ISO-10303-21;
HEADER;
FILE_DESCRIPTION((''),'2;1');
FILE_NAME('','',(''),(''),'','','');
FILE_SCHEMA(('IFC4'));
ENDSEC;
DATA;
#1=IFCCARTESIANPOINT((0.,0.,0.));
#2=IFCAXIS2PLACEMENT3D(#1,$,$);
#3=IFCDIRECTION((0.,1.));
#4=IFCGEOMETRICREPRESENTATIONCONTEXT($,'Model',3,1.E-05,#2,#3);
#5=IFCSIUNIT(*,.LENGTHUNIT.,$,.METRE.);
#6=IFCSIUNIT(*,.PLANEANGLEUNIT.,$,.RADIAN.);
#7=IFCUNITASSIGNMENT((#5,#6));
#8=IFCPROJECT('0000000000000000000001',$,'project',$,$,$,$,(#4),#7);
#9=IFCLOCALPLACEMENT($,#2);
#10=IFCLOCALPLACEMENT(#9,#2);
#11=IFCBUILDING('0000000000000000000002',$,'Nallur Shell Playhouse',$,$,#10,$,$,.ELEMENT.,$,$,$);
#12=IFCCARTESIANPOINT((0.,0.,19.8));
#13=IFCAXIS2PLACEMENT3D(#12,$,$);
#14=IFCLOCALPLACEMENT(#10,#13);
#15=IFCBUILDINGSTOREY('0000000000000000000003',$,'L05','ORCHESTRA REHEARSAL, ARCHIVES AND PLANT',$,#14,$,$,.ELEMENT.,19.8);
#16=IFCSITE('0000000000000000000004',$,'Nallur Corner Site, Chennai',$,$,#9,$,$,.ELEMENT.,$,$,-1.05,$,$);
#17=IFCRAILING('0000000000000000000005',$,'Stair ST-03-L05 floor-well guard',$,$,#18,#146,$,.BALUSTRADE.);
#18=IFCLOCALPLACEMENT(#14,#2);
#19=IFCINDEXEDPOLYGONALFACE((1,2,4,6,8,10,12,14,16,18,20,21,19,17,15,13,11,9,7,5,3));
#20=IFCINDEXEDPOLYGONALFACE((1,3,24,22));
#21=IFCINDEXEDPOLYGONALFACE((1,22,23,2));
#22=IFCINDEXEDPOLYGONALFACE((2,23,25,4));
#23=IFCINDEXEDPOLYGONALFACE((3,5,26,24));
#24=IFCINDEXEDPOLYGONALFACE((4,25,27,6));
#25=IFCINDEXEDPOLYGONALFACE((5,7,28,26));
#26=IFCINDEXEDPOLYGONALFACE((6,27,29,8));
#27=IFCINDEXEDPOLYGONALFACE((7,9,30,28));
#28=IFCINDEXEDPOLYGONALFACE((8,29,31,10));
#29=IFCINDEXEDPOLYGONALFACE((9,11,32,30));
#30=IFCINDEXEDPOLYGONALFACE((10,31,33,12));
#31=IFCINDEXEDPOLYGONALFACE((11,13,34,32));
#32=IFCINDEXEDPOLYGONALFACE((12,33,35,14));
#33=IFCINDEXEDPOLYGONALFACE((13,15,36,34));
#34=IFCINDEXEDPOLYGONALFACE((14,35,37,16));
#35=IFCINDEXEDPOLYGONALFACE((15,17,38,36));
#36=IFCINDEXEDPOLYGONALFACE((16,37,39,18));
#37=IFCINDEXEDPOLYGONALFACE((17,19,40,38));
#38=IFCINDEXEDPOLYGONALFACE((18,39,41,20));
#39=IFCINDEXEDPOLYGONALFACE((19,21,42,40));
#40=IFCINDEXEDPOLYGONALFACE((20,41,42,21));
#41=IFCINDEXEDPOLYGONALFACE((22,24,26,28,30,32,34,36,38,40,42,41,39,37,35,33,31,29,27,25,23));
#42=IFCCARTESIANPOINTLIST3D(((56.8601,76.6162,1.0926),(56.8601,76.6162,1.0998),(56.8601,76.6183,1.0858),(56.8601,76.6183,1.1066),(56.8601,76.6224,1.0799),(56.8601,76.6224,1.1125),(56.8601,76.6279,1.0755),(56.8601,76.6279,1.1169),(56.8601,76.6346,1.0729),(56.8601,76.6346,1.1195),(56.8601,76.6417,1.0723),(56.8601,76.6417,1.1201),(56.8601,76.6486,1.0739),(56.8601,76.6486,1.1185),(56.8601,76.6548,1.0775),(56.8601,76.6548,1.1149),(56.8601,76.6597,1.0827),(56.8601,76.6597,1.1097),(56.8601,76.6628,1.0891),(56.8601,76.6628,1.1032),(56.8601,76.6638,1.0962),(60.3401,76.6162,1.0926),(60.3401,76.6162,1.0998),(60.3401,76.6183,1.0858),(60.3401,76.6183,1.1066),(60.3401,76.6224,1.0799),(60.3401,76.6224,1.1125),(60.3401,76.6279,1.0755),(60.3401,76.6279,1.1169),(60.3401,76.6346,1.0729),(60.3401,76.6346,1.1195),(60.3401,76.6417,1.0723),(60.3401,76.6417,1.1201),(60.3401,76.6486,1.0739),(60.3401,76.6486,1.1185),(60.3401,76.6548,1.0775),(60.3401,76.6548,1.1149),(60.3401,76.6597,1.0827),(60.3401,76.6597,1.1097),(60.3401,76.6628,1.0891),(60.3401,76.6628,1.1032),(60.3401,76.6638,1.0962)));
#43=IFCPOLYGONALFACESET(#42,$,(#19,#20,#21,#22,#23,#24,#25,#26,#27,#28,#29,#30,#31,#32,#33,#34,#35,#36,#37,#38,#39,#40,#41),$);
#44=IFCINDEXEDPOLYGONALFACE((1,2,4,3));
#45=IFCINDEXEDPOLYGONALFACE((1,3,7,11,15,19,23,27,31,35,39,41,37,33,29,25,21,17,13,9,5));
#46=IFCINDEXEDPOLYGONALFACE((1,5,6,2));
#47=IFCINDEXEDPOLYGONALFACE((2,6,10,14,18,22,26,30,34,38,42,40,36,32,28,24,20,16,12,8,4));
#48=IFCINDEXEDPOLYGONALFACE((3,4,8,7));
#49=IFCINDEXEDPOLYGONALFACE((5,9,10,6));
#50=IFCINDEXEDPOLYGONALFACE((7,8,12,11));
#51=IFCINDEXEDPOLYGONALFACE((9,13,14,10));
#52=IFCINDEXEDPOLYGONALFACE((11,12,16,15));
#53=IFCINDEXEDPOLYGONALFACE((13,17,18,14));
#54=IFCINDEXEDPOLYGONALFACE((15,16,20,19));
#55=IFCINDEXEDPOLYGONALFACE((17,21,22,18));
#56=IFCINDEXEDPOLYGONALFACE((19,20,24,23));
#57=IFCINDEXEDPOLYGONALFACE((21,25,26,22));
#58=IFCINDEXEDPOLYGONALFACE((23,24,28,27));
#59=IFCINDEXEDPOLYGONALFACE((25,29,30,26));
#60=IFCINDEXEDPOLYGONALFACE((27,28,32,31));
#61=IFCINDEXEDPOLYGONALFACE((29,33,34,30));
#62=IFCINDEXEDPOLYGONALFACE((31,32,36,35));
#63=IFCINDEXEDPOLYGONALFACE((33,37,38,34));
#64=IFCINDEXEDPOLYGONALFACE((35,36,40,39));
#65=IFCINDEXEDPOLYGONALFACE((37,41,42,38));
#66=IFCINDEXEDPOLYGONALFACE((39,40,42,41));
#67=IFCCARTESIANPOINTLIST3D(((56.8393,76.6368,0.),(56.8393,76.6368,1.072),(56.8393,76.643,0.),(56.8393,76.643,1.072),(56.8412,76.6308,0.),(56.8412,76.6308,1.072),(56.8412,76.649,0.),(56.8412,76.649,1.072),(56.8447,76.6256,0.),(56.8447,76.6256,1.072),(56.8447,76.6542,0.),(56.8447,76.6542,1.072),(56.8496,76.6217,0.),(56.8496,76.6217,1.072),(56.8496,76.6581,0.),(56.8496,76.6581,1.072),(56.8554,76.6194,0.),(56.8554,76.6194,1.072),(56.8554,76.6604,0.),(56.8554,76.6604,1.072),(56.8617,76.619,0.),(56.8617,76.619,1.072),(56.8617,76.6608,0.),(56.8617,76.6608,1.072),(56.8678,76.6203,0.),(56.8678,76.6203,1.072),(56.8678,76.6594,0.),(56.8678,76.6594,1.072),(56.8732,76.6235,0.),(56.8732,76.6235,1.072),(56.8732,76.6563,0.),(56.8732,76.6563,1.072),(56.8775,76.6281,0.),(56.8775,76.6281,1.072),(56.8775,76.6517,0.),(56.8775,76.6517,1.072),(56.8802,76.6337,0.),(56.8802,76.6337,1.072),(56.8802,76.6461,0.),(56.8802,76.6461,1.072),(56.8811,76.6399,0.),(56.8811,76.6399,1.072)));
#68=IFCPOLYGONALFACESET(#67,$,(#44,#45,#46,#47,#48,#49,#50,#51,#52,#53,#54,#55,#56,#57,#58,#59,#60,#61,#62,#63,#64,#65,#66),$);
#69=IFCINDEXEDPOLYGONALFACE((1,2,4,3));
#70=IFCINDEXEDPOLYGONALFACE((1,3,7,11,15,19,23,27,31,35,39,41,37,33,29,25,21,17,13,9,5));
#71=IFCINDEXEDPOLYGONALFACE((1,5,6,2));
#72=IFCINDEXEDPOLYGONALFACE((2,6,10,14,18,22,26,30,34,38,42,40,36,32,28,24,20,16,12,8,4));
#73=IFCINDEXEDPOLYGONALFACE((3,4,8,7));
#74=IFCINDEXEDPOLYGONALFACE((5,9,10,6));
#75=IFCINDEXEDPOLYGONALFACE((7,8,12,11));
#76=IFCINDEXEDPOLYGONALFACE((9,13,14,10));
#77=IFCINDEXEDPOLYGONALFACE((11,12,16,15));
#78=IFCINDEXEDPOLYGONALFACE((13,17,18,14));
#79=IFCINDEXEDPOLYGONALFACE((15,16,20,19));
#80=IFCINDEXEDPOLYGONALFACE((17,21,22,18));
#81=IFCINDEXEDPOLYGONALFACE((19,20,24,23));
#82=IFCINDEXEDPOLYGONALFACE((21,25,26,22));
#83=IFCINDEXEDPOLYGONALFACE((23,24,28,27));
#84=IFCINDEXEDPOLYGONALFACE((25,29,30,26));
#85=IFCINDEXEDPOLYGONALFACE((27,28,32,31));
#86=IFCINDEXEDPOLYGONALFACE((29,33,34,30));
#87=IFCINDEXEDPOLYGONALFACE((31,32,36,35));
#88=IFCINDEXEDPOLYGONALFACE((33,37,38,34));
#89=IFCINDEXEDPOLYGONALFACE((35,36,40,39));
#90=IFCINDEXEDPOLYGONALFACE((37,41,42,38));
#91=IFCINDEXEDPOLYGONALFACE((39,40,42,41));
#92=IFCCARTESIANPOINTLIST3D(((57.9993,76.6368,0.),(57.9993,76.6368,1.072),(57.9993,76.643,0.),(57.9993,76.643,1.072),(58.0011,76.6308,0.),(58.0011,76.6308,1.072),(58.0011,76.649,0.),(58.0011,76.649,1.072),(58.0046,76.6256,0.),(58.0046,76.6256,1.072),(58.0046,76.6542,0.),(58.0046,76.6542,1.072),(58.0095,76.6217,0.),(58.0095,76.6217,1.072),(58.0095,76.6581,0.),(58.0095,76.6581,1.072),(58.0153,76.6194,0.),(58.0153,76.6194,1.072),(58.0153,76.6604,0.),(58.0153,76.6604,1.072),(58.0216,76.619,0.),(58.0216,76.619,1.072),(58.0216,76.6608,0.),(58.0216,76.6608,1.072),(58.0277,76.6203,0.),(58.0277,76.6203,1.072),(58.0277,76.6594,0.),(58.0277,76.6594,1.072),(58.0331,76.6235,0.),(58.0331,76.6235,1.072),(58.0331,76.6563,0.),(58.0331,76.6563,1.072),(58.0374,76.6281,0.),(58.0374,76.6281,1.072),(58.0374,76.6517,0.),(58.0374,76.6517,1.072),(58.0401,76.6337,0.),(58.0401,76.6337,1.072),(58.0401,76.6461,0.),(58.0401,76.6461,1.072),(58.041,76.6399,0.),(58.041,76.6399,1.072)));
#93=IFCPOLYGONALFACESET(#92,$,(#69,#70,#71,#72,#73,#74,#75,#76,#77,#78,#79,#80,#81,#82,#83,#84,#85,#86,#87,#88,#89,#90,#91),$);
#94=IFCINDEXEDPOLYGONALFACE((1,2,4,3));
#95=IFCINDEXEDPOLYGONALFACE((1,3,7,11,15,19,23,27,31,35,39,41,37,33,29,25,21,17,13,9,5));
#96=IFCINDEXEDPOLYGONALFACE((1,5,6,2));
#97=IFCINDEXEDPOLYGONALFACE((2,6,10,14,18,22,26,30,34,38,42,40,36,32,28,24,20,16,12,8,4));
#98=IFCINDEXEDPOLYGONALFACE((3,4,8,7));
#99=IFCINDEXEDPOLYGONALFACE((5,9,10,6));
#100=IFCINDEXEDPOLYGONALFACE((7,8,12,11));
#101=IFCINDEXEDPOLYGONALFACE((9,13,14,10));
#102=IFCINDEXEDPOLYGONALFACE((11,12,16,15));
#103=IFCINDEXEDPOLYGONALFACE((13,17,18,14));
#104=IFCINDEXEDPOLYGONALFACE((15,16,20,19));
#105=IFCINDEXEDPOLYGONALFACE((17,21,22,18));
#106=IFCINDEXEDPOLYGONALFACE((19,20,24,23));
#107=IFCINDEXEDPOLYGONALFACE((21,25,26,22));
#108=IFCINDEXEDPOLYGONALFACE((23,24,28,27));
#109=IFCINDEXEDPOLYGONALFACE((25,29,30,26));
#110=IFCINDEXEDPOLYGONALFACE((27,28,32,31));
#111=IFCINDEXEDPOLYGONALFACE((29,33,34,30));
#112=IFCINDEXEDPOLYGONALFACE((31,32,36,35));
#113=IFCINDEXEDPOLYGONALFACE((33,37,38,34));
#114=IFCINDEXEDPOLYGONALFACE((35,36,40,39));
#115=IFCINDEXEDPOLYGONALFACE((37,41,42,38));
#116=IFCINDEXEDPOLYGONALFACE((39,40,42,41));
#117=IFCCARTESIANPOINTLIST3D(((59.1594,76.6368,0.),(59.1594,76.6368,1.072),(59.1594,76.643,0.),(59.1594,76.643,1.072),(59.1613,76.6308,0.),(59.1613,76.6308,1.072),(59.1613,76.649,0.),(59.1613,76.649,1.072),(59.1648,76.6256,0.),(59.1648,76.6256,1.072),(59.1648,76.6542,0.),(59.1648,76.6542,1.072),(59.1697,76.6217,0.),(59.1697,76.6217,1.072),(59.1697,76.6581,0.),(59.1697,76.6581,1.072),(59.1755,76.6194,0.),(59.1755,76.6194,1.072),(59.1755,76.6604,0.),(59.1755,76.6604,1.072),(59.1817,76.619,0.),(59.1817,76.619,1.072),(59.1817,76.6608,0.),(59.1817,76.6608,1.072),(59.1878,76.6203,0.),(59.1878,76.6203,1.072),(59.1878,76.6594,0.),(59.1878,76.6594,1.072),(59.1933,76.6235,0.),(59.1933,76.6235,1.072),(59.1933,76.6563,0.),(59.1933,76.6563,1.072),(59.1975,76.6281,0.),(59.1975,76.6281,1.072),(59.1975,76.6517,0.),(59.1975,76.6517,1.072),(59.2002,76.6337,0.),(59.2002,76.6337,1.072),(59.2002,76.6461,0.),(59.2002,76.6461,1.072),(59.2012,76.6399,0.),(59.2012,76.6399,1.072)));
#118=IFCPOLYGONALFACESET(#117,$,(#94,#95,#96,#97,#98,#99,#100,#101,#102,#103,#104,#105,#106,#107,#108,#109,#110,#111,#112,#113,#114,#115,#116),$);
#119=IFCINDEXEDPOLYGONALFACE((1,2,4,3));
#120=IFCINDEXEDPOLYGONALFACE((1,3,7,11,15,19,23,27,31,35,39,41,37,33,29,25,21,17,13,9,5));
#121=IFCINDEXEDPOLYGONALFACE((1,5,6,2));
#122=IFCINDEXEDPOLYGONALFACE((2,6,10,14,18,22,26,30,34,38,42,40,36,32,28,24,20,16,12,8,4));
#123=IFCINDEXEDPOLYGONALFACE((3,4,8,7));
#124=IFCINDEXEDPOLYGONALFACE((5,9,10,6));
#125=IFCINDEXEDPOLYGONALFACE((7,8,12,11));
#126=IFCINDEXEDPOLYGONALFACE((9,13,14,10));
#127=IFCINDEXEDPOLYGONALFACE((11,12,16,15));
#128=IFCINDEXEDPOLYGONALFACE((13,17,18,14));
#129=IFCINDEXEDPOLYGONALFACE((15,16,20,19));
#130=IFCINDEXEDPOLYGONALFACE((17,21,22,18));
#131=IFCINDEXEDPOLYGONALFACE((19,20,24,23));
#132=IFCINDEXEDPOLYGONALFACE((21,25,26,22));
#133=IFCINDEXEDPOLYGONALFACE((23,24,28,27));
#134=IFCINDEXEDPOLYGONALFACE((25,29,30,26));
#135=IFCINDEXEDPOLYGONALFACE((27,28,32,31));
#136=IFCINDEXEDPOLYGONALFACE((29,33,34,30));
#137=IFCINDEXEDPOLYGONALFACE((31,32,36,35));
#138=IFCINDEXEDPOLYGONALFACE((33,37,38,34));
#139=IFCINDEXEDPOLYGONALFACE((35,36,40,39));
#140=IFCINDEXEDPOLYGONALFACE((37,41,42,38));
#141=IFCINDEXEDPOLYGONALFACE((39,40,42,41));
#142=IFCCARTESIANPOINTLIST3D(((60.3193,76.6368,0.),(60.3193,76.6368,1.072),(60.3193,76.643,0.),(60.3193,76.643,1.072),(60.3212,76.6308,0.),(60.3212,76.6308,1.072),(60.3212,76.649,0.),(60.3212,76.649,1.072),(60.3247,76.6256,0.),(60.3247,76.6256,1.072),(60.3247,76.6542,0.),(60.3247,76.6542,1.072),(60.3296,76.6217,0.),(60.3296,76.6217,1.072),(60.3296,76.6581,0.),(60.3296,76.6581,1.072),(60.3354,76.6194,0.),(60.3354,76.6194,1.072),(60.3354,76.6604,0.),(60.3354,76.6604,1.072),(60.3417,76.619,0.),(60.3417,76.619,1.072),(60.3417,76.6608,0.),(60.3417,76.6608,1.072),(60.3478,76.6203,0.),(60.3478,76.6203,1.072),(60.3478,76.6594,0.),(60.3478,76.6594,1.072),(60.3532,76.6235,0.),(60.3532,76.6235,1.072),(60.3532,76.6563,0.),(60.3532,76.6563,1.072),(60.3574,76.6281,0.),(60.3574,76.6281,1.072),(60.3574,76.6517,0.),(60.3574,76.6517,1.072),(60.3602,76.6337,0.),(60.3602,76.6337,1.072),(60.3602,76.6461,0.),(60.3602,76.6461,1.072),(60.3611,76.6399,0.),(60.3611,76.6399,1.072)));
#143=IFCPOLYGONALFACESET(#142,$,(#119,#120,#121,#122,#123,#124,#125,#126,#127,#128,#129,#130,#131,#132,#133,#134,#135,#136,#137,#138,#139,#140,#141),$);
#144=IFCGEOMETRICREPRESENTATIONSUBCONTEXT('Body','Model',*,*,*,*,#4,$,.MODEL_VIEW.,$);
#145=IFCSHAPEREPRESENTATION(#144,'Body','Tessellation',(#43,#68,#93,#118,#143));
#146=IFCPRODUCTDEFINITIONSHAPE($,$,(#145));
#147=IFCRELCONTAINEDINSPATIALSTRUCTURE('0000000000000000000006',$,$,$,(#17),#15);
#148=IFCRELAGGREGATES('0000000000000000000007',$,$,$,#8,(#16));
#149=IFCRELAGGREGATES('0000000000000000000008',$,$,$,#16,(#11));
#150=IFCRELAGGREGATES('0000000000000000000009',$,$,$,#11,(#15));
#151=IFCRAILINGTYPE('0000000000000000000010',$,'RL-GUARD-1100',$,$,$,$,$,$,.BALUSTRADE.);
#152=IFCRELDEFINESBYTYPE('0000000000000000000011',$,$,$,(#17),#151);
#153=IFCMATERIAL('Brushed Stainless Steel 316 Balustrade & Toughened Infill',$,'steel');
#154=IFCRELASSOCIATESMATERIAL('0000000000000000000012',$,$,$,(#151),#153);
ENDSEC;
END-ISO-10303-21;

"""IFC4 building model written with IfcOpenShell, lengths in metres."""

from ifc_helpers import new_model, si_unit, direction, frame, origin, origin_2d, place, context, subcontext, project, spatial, circle, extrude, material, type_object, element, save


model = new_model("IFC4")

# Units and contexts
model_context = context("Model", 3, precision=1e-05, world=origin(), true_north=direction((0.0, 1.0)))
body_context = subcontext(model_context, "Body", "Model", "MODEL_VIEW")
ifc_project = project(units=[si_unit("LENGTHUNIT", "METRE"), si_unit("PLANEANGLEUNIT", "RADIAN")], contexts=[model_context])

# Site, building, storey
site_placement = place(None, origin())
site = spatial("IfcSite", under=ifc_project, at=site_placement, Name="Nallur Corner Site, Chennai", CompositionType="ELEMENT", RefElevation=-1.05)
building_placement = place(site_placement, origin())
building = spatial("IfcBuilding", under=site, at=building_placement, Name="Nallur Shell Playhouse", CompositionType="ELEMENT")
storey_placement = place(building_placement, frame((0.0, 0.0, 19.8)))
storey = spatial("IfcBuildingStorey", under=building, at=storey_placement, Name="L05", Description="ORCHESTRA REHEARSAL, ARCHIVES AND PLANT", CompositionType="ELEMENT", Elevation=19.8)

# Railing
ifc_material_1 = material(Name="Brushed Stainless Steel 316 Balustrade & Toughened Infill", Category="steel")
railing_type_1 = type_object("IfcRailingType", Name="RL-GUARD-1100", PredefinedType="BALUSTRADE", material=ifc_material_1)
railing_1_placement = place(storey_placement, frame((56.8601, 76.6399, 0.0)))
element("IfcRailing", 1, at=railing_1_placement, inside=storey, type_object=railing_type_1, Name="Stair ST-03-L05 floor-well guard", PredefinedType="BALUSTRADE", context=body_context, shape_type="SweptSolid", body=[
    extrude(circle(Radius=0.0239, at=origin_2d()), frame((0.0, 0.0, 1.0962), z_axis=(1.0, 0.0, 0.0), x_axis=(0.0, 1.0, 0.0)), (0.0, 0.0, 1.0), 3.48),
    extrude(circle(Radius=0.021, at=origin_2d()), origin(), (0.0, 0.0, 1.0), 1.072),
    extrude(circle(Radius=0.021, at=origin_2d()), frame((1.1599, 0.0, 0.0)), (0.0, 0.0, 1.0), 1.072),
    extrude(circle(Radius=0.021, at=origin_2d()), frame((2.3201, 0.0, 0.0)), (0.0, 0.0, 1.0), 1.072),
    extrude(circle(Radius=0.021, at=origin_2d()), frame((3.48, 0.0, 0.0)), (0.0, 0.0, 1.0), 1.072),
])

save(model, "model.ifc")
